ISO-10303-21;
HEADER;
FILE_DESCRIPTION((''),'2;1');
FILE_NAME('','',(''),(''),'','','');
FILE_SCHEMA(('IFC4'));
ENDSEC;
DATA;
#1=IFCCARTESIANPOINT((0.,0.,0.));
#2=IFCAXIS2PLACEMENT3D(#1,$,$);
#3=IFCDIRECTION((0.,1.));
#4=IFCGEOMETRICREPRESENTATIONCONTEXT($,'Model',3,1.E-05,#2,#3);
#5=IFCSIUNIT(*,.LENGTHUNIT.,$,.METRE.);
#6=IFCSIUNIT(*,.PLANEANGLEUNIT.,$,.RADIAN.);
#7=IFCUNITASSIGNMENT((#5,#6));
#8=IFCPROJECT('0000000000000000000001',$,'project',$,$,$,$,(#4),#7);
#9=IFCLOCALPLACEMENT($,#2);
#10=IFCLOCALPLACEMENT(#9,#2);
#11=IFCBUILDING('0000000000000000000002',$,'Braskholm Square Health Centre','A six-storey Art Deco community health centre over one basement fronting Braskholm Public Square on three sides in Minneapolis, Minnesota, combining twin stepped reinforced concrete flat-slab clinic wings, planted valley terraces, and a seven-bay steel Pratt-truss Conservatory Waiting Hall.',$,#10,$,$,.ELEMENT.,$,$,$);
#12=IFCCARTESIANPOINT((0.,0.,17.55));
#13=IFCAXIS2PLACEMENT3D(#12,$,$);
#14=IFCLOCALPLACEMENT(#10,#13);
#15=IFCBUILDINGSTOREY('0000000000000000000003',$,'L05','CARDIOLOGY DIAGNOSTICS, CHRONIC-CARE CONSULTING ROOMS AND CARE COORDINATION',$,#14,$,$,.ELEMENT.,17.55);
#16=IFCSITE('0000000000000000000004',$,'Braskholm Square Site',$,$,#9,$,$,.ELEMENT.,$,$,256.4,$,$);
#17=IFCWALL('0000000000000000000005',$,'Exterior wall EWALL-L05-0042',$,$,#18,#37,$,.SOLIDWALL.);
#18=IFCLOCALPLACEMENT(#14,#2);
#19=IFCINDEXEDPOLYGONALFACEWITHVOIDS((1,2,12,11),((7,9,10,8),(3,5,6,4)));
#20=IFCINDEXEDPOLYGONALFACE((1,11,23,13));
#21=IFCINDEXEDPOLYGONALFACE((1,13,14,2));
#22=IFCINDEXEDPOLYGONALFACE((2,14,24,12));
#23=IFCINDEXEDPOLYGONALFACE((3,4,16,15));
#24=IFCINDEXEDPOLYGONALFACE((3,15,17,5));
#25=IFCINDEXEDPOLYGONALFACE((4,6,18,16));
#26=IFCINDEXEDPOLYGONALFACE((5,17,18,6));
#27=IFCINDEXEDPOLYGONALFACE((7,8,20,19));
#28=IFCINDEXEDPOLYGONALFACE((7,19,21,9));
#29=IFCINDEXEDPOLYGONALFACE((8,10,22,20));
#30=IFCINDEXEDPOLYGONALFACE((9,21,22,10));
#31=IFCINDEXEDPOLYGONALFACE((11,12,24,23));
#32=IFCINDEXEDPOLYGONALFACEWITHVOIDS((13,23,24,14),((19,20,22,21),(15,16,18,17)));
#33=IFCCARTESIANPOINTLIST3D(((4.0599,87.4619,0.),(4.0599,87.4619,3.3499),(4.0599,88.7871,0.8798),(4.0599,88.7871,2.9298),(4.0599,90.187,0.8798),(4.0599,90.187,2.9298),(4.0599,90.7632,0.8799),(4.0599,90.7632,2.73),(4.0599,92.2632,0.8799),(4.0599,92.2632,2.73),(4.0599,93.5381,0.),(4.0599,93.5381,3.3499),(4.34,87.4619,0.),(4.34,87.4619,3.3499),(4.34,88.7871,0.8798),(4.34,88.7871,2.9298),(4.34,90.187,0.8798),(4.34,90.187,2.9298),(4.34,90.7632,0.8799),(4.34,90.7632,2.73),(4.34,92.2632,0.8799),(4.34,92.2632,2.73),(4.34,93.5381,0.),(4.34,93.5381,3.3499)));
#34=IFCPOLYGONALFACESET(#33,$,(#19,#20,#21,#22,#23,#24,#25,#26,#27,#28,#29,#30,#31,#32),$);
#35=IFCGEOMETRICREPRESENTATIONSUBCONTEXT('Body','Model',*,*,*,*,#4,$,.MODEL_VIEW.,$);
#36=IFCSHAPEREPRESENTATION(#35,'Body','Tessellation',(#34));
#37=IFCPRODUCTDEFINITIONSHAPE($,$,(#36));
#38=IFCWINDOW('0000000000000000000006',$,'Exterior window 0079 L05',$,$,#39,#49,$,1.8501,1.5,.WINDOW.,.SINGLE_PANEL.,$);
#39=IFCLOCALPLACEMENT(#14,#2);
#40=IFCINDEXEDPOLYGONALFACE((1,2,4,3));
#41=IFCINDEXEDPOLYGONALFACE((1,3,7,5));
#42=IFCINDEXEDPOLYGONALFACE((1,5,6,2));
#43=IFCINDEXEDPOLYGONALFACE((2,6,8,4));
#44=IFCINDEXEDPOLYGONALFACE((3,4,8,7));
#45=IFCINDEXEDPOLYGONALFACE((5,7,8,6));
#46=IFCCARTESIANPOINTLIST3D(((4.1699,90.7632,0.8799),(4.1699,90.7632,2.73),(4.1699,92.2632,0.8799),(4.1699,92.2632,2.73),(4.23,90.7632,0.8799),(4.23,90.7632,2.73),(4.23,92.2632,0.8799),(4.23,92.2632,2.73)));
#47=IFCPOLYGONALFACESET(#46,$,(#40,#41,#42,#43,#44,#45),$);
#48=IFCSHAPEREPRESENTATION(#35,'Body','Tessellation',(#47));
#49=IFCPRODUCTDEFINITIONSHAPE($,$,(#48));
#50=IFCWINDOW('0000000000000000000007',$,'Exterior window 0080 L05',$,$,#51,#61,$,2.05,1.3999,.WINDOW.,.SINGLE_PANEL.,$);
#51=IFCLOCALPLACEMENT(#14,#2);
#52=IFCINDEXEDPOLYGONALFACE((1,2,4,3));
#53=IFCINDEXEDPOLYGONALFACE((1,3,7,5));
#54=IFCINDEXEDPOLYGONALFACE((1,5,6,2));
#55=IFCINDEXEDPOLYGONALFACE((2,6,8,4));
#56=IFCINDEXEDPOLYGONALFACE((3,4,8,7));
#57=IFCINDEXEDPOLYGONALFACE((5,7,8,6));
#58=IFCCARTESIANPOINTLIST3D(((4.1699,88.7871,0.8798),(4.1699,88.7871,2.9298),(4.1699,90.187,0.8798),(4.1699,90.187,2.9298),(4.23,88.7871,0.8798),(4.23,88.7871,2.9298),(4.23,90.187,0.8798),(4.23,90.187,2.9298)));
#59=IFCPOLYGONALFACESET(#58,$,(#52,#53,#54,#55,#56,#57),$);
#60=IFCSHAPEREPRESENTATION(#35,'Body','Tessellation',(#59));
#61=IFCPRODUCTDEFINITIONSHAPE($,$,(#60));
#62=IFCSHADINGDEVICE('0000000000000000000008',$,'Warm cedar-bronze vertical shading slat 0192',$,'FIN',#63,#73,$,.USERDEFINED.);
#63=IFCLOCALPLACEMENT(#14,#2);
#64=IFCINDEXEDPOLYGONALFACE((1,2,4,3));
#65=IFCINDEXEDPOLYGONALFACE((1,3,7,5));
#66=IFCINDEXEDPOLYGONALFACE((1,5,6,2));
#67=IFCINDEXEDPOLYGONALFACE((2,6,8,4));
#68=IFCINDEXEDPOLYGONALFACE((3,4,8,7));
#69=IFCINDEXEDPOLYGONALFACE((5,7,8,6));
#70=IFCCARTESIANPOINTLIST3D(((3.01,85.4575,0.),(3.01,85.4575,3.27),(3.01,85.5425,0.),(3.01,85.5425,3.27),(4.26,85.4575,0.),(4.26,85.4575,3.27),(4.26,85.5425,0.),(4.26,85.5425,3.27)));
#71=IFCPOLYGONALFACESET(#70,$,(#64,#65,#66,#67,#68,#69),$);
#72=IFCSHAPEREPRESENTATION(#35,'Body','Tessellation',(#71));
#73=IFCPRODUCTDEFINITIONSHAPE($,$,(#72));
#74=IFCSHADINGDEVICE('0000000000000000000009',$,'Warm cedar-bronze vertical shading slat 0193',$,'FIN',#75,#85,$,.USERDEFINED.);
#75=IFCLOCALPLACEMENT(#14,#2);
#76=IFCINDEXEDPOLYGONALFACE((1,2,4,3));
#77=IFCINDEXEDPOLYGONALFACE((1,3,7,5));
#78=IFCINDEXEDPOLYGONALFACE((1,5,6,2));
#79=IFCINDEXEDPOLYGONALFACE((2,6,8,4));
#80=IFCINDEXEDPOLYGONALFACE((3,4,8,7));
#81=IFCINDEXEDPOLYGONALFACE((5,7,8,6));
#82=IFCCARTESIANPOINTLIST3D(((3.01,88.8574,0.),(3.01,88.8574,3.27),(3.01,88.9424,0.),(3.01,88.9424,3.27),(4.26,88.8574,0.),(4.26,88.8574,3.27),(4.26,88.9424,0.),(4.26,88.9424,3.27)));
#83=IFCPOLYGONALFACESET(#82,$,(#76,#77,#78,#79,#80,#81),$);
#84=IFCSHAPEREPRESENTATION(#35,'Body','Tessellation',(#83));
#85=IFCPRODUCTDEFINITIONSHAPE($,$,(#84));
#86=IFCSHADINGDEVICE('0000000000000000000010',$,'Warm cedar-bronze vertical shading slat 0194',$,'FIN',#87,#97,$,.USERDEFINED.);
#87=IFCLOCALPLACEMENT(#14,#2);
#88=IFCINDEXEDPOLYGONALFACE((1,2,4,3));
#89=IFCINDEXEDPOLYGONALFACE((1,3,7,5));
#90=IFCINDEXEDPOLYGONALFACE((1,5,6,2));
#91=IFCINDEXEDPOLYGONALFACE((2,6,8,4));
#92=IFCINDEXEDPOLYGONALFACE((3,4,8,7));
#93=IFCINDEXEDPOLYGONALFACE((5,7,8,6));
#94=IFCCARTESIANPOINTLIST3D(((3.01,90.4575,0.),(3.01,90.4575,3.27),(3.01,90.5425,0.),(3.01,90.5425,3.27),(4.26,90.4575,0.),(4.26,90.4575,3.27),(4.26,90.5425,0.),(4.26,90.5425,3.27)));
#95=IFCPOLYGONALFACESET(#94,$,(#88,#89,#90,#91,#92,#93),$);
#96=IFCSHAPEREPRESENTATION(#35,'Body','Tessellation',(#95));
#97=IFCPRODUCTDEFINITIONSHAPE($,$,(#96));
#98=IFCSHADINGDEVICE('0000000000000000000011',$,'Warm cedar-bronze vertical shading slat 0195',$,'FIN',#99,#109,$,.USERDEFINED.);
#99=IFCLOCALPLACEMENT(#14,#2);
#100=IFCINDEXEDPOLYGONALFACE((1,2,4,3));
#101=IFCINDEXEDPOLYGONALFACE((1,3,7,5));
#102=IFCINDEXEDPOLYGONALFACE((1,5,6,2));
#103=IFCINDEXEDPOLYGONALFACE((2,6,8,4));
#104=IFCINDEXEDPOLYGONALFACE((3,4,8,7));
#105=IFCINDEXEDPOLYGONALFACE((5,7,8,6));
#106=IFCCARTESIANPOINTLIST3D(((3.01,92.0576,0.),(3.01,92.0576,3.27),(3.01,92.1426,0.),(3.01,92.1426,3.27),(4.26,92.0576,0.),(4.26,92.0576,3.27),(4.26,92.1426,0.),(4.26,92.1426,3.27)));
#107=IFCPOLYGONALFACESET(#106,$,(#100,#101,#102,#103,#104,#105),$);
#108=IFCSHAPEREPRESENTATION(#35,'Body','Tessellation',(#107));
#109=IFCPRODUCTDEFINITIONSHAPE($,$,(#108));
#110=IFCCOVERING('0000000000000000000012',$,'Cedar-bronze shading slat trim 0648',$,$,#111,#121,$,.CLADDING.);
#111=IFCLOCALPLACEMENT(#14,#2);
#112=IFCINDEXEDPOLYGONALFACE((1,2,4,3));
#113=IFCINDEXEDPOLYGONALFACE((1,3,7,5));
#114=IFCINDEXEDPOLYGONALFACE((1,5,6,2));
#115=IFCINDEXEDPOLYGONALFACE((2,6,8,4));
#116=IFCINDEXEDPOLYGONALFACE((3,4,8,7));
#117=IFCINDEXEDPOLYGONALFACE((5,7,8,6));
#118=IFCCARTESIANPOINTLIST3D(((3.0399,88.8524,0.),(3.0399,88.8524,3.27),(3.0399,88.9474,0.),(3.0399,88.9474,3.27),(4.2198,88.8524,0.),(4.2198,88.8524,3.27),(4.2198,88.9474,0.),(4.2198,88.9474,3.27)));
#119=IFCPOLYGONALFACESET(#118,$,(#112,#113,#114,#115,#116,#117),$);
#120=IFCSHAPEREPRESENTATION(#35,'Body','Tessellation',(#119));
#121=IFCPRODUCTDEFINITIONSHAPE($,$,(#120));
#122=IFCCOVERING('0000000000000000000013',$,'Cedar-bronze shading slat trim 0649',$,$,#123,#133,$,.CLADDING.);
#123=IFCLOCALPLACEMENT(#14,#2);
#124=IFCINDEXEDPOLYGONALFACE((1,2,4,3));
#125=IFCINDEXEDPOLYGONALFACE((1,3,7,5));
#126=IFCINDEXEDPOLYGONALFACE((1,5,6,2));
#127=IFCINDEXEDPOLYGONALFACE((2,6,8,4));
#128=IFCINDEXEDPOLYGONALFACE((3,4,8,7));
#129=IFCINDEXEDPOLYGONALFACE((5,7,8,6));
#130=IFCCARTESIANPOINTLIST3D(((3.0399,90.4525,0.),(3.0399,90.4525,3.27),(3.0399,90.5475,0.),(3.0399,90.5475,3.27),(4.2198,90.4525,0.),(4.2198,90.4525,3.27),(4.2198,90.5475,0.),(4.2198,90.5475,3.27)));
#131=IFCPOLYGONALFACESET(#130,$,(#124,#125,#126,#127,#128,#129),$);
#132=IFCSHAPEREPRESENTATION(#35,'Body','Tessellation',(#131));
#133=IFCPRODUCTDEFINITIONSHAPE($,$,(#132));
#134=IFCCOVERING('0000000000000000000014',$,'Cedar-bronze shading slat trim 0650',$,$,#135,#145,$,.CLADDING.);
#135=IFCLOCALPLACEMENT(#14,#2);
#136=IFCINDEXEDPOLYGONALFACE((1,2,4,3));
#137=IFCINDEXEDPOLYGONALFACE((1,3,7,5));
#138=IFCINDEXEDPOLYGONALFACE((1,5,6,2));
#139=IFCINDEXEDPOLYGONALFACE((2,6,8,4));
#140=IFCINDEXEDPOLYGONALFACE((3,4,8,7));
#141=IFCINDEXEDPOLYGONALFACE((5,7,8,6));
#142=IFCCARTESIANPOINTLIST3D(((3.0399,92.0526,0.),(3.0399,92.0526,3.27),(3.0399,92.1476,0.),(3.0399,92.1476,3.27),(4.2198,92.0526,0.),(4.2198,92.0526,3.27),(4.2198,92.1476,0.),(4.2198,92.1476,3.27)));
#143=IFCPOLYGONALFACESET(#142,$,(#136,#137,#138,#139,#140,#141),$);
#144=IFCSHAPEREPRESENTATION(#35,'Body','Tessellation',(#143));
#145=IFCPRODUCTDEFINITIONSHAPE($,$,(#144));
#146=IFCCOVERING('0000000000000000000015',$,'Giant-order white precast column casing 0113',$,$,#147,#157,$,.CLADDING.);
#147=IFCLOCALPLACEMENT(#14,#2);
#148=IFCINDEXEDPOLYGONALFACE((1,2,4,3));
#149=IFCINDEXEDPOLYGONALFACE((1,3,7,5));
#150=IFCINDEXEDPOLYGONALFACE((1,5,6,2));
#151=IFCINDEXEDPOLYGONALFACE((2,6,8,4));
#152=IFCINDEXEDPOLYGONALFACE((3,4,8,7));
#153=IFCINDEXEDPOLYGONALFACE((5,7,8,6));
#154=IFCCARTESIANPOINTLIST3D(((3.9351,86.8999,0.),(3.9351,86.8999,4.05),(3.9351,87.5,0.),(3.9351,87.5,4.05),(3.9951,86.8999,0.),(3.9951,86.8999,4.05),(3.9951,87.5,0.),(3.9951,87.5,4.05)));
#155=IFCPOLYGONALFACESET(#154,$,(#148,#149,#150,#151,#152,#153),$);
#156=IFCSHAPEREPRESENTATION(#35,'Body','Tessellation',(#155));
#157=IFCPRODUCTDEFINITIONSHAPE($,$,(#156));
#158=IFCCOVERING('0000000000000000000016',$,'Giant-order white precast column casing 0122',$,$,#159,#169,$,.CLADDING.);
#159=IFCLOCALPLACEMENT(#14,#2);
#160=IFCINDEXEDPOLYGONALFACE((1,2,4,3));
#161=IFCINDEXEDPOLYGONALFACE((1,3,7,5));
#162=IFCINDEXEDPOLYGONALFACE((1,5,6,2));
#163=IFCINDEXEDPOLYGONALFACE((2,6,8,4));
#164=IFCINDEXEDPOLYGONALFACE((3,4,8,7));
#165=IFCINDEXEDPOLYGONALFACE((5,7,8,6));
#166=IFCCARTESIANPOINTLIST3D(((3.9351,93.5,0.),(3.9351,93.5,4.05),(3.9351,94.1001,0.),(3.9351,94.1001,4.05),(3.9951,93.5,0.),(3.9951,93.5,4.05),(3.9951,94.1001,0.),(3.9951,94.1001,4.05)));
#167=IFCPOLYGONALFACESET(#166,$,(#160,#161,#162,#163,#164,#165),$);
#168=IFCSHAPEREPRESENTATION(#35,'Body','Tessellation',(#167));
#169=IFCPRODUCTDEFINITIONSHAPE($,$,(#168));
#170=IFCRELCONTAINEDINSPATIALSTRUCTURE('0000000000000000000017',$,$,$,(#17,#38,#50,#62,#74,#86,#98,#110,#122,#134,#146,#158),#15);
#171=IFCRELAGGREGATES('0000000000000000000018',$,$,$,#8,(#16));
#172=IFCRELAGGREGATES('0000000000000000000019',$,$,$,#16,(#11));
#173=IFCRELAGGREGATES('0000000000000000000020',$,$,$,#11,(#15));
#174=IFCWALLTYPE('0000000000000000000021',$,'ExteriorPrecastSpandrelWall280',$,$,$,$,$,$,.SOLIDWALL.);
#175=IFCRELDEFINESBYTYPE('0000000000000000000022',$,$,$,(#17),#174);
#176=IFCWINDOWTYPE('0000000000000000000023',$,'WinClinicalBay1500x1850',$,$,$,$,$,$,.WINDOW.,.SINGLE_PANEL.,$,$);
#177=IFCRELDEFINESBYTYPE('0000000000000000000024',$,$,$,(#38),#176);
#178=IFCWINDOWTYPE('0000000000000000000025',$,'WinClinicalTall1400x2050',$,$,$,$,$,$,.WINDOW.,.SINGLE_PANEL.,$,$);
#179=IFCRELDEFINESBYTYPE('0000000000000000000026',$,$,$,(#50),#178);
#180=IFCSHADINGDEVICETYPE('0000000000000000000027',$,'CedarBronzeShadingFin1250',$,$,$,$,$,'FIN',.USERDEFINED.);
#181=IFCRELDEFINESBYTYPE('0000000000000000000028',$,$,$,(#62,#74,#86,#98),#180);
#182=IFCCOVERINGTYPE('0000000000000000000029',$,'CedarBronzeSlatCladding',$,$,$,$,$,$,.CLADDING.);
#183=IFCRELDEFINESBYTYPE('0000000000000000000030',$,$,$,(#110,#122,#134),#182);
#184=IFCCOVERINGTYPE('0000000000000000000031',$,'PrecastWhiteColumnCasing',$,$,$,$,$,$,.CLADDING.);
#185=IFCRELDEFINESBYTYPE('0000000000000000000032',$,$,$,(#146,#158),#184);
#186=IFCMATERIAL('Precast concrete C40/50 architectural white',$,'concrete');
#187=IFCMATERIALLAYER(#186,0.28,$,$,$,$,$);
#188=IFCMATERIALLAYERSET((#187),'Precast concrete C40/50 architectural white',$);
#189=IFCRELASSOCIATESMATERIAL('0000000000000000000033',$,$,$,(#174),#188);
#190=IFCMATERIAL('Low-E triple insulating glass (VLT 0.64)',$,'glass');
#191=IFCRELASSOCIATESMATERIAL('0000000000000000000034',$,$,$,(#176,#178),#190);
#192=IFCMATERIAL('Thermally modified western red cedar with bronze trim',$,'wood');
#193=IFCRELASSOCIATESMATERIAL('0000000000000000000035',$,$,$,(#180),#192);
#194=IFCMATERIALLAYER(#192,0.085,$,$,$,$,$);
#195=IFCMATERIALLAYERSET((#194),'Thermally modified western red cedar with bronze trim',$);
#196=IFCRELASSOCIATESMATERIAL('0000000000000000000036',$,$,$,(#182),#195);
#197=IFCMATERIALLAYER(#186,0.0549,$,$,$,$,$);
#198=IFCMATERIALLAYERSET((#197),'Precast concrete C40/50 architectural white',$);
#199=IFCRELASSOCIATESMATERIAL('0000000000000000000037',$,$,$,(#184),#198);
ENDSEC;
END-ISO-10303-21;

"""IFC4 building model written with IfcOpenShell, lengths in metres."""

from ifc_helpers import new_model, si_unit, direction, frame, frame_2d, origin, origin_with_axes, origin_2d, place, context, subcontext, project, spatial, rectangle, extrude, material, layer, layer_set, type_object, element, fill, save


model = new_model("IFC4")

# Units and contexts
model_context = context("Model", 3, precision=1e-05, world=origin(), true_north=direction((0.0, 1.0)))
body_context = subcontext(model_context, "Body", "Model", "MODEL_VIEW")
ifc_project = project(units=[si_unit("LENGTHUNIT", "METRE"), si_unit("PLANEANGLEUNIT", "RADIAN")], contexts=[model_context])

# Site, building, storey
site_placement = place(None, origin())
site = spatial("IfcSite", under=ifc_project, at=site_placement, Name="Braskholm Square Site", CompositionType="ELEMENT", RefElevation=256.4)
building_placement = place(site_placement, origin())
building = spatial("IfcBuilding", under=site, at=building_placement, Name="Braskholm Square Health Centre", Description="A six-storey Art Deco community health centre over one basement fronting Braskholm Public Square on three sides in Minneapolis, Minnesota, combining twin stepped reinforced concrete flat-slab clinic wings, planted valley terraces, and a seven-bay steel Pratt-truss Conservatory Waiting Hall.", CompositionType="ELEMENT")
storey_placement = place(building_placement, frame((0.0, 0.0, 17.55)))
storey = spatial("IfcBuildingStorey", under=building, at=storey_placement, Name="L05", Description="CARDIOLOGY DIAGNOSTICS, CHRONIC-CARE CONSULTING ROOMS AND CARE COORDINATION", CompositionType="ELEMENT", Elevation=17.55)

# Shared definitions
ifc_material_1 = material(Name="Precast concrete C40/50 architectural white", Category="concrete")

# Shared definitions
ifc_material_2 = material(Name="Low-E triple insulating glass (VLT 0.64)", Category="glass")

# Wall, openings, windows
ifc_layer_1 = layer(ifc_material_1, 0.28)
ifc_layer_set_1 = layer_set([ifc_layer_1], Name="Precast concrete C40/50 architectural white")
wall_type = type_object("IfcWallType", Name="ExteriorPrecastSpandrelWall280", PredefinedType="SOLIDWALL", material=ifc_layer_set_1)
wall_placement = place(storey_placement, frame((4.2, 93.5381, 0.0), z_axis=(0.0, 0.0, 1.0), x_axis=(0.0, -1.0, 0.0)))
wall = element("IfcWall", 1, at=wall_placement, inside=storey, type_object=wall_type, Name="Exterior wall EWALL-L05-0042", PredefinedType="SOLIDWALL", context=body_context, shape_type="SweptSolid", body=[
    extrude(rectangle(XDim=6.0762, YDim=0.28, at=frame_2d((3.0381, 0.0))), origin(), (0.0, 0.0, 1.0), 3.3499),
])
opening_1_placement = place(wall_placement, frame((1.2749, 0.0, 0.8799)))
opening_1 = element("IfcOpeningElement", 2, at=opening_1_placement, cuts=wall, PredefinedType="OPENING", context=body_context, shape_type="SweptSolid", body=[
    extrude(rectangle(XDim=1.5, YDim=1.8501, at=frame_2d((0.75, 0.925))), frame((0.0, 0.1499, 0.0), z_axis=(0.0, -1.0, 0.0), x_axis=(1.0, 0.0, 0.0)), (0.0, 0.0, 1.0), 0.3),
])
opening_2_placement = place(wall_placement, frame((3.3511, 0.0, 0.8799)))
opening_2 = element("IfcOpeningElement", 3, at=opening_2_placement, cuts=wall, PredefinedType="OPENING", context=body_context, shape_type="SweptSolid", body=[
    extrude(rectangle(XDim=1.3999, YDim=2.05, at=frame_2d((0.7, 1.0249))), frame((0.0, 0.1499, 0.0), z_axis=(0.0, -1.0, 0.0), x_axis=(1.0, 0.0, 0.0)), (0.0, 0.0, 1.0), 0.3),
])
window_type_1 = type_object("IfcWindowType", Name="WinClinicalBay1500x1850", PartitioningType="SINGLE_PANEL", PredefinedType="WINDOW", material=ifc_material_2)
window_1_placement = place(opening_1_placement, origin_with_axes())
window_1 = element("IfcWindow", 4, at=window_1_placement, inside=storey, type_object=window_type_1, Name="Exterior window 0079 L05", OverallHeight=1.8501, OverallWidth=1.5, PartitioningType="SINGLE_PANEL", PredefinedType="WINDOW", context=body_context, shape_type="SweptSolid", body=[
    extrude(rectangle(XDim=1.5, YDim=1.8501, at=frame_2d((0.75, 0.925))), frame((0.0, 0.03, 0.0), z_axis=(0.0, -1.0, 0.0), x_axis=(1.0, 0.0, 0.0)), (0.0, 0.0, 1.0), 0.0601),
])
fill(opening_1, window_1)
window_type_2 = type_object("IfcWindowType", Name="WinClinicalTall1400x2050", PartitioningType="SINGLE_PANEL", PredefinedType="WINDOW", material=ifc_material_2)
window_2_placement = place(opening_2_placement, origin_with_axes())
window_2 = element("IfcWindow", 5, at=window_2_placement, inside=storey, type_object=window_type_2, Name="Exterior window 0080 L05", OverallHeight=2.05, OverallWidth=1.3999, PartitioningType="SINGLE_PANEL", PredefinedType="WINDOW", context=body_context, shape_type="SweptSolid", body=[
    extrude(rectangle(XDim=1.3999, YDim=2.05, at=frame_2d((0.7, 1.0249))), frame((0.0, 0.03, 0.0), z_axis=(0.0, -1.0, 0.0), x_axis=(1.0, 0.0, 0.0)), (0.0, 0.0, 1.0), 0.0601),
])
fill(opening_2, window_2)

# Shading devices
ifc_material_3 = material(Name="Thermally modified western red cedar with bronze trim", Category="wood")
shading_device_type = type_object("IfcShadingDeviceType", Name="CedarBronzeShadingFin1250", ElementType="FIN", PredefinedType="USERDEFINED", material=ifc_material_3)
for number, where, z_axis, x_axis, name in (
    (6, (3.635, 85.5, 0.0), (0.0, 0.0, 1.0), (1.0, 0.0, 0.0), "Warm cedar-bronze vertical shading slat 0192"),
    (7, (3.635, 88.8999, 0.0), (0.0, 0.0, 1.0), (1.0, 0.0, 0.0), "Warm cedar-bronze vertical shading slat 0193"),
    (8, (3.635, 90.5, 0.0), (0.0, 0.0, 1.0), (1.0, 0.0, 0.0), "Warm cedar-bronze vertical shading slat 0194"),
    (9, (3.635, 92.1001, 0.0), (0.0, 0.0, 1.0), (1.0, 0.0, 0.0), "Warm cedar-bronze vertical shading slat 0195"),
):
    element("IfcShadingDevice", number, at=place(storey_placement, frame(where, z_axis=z_axis, x_axis=x_axis)), inside=storey, type_object=shading_device_type, Name=name, ObjectType="FIN", PredefinedType="USERDEFINED", context=body_context, shape_type="SweptSolid", body=[
        extrude(rectangle(XDim=1.25, YDim=0.085, at=origin_2d()), origin(), (0.0, 0.0, 1.0), 3.27),
    ])

# Coverings
ifc_layer_2 = layer(ifc_material_3, 0.085)
ifc_layer_set_2 = layer_set([ifc_layer_2], Name="Thermally modified western red cedar with bronze trim")
covering_type_1 = type_object("IfcCoveringType", Name="CedarBronzeSlatCladding", PredefinedType="CLADDING", material=ifc_layer_set_2)
for number, where, z_axis, x_axis, name in (
    (10, (3.6299, 88.8999, 0.0), (0.0, 0.0, 1.0), (1.0, 0.0, 0.0), "Cedar-bronze shading slat trim 0648"),
    (11, (3.6299, 90.5, 0.0), (0.0, 0.0, 1.0), (1.0, 0.0, 0.0), "Cedar-bronze shading slat trim 0649"),
    (12, (3.6299, 92.1001, 0.0), (0.0, 0.0, 1.0), (1.0, 0.0, 0.0), "Cedar-bronze shading slat trim 0650"),
):
    element("IfcCovering", number, at=place(storey_placement, frame(where, z_axis=z_axis, x_axis=x_axis)), inside=storey, type_object=covering_type_1, Name=name, PredefinedType="CLADDING", context=body_context, shape_type="SweptSolid", body=[
        extrude(rectangle(XDim=1.1799, YDim=0.095, at=origin_2d()), origin(), (0.0, 0.0, 1.0), 3.27),
    ])
ifc_layer_3 = layer(ifc_material_1, 0.0549)
ifc_layer_set_3 = layer_set([ifc_layer_3], Name="Precast concrete C40/50 architectural white")
covering_type_2 = type_object("IfcCoveringType", Name="PrecastWhiteColumnCasing", PredefinedType="CLADDING", material=ifc_layer_set_3)
for number, where, z_axis, x_axis, name in (
    (13, (3.9651, 87.2, 0.0), (0.0, 0.0, 1.0), (1.0, 0.0, 0.0), "Giant-order white precast column casing 0113"),
    (14, (3.9651, 93.8, 0.0), (0.0, 0.0, 1.0), (1.0, 0.0, 0.0), "Giant-order white precast column casing 0122"),
):
    element("IfcCovering", number, at=place(storey_placement, frame(where, z_axis=z_axis, x_axis=x_axis)), inside=storey, type_object=covering_type_2, Name=name, PredefinedType="CLADDING", context=body_context, shape_type="SweptSolid", body=[
        extrude(rectangle(XDim=0.0601, YDim=0.6001, at=origin_2d()), origin(), (0.0, 0.0, 1.0), 4.05),
    ])

save(model, "model.ifc")
